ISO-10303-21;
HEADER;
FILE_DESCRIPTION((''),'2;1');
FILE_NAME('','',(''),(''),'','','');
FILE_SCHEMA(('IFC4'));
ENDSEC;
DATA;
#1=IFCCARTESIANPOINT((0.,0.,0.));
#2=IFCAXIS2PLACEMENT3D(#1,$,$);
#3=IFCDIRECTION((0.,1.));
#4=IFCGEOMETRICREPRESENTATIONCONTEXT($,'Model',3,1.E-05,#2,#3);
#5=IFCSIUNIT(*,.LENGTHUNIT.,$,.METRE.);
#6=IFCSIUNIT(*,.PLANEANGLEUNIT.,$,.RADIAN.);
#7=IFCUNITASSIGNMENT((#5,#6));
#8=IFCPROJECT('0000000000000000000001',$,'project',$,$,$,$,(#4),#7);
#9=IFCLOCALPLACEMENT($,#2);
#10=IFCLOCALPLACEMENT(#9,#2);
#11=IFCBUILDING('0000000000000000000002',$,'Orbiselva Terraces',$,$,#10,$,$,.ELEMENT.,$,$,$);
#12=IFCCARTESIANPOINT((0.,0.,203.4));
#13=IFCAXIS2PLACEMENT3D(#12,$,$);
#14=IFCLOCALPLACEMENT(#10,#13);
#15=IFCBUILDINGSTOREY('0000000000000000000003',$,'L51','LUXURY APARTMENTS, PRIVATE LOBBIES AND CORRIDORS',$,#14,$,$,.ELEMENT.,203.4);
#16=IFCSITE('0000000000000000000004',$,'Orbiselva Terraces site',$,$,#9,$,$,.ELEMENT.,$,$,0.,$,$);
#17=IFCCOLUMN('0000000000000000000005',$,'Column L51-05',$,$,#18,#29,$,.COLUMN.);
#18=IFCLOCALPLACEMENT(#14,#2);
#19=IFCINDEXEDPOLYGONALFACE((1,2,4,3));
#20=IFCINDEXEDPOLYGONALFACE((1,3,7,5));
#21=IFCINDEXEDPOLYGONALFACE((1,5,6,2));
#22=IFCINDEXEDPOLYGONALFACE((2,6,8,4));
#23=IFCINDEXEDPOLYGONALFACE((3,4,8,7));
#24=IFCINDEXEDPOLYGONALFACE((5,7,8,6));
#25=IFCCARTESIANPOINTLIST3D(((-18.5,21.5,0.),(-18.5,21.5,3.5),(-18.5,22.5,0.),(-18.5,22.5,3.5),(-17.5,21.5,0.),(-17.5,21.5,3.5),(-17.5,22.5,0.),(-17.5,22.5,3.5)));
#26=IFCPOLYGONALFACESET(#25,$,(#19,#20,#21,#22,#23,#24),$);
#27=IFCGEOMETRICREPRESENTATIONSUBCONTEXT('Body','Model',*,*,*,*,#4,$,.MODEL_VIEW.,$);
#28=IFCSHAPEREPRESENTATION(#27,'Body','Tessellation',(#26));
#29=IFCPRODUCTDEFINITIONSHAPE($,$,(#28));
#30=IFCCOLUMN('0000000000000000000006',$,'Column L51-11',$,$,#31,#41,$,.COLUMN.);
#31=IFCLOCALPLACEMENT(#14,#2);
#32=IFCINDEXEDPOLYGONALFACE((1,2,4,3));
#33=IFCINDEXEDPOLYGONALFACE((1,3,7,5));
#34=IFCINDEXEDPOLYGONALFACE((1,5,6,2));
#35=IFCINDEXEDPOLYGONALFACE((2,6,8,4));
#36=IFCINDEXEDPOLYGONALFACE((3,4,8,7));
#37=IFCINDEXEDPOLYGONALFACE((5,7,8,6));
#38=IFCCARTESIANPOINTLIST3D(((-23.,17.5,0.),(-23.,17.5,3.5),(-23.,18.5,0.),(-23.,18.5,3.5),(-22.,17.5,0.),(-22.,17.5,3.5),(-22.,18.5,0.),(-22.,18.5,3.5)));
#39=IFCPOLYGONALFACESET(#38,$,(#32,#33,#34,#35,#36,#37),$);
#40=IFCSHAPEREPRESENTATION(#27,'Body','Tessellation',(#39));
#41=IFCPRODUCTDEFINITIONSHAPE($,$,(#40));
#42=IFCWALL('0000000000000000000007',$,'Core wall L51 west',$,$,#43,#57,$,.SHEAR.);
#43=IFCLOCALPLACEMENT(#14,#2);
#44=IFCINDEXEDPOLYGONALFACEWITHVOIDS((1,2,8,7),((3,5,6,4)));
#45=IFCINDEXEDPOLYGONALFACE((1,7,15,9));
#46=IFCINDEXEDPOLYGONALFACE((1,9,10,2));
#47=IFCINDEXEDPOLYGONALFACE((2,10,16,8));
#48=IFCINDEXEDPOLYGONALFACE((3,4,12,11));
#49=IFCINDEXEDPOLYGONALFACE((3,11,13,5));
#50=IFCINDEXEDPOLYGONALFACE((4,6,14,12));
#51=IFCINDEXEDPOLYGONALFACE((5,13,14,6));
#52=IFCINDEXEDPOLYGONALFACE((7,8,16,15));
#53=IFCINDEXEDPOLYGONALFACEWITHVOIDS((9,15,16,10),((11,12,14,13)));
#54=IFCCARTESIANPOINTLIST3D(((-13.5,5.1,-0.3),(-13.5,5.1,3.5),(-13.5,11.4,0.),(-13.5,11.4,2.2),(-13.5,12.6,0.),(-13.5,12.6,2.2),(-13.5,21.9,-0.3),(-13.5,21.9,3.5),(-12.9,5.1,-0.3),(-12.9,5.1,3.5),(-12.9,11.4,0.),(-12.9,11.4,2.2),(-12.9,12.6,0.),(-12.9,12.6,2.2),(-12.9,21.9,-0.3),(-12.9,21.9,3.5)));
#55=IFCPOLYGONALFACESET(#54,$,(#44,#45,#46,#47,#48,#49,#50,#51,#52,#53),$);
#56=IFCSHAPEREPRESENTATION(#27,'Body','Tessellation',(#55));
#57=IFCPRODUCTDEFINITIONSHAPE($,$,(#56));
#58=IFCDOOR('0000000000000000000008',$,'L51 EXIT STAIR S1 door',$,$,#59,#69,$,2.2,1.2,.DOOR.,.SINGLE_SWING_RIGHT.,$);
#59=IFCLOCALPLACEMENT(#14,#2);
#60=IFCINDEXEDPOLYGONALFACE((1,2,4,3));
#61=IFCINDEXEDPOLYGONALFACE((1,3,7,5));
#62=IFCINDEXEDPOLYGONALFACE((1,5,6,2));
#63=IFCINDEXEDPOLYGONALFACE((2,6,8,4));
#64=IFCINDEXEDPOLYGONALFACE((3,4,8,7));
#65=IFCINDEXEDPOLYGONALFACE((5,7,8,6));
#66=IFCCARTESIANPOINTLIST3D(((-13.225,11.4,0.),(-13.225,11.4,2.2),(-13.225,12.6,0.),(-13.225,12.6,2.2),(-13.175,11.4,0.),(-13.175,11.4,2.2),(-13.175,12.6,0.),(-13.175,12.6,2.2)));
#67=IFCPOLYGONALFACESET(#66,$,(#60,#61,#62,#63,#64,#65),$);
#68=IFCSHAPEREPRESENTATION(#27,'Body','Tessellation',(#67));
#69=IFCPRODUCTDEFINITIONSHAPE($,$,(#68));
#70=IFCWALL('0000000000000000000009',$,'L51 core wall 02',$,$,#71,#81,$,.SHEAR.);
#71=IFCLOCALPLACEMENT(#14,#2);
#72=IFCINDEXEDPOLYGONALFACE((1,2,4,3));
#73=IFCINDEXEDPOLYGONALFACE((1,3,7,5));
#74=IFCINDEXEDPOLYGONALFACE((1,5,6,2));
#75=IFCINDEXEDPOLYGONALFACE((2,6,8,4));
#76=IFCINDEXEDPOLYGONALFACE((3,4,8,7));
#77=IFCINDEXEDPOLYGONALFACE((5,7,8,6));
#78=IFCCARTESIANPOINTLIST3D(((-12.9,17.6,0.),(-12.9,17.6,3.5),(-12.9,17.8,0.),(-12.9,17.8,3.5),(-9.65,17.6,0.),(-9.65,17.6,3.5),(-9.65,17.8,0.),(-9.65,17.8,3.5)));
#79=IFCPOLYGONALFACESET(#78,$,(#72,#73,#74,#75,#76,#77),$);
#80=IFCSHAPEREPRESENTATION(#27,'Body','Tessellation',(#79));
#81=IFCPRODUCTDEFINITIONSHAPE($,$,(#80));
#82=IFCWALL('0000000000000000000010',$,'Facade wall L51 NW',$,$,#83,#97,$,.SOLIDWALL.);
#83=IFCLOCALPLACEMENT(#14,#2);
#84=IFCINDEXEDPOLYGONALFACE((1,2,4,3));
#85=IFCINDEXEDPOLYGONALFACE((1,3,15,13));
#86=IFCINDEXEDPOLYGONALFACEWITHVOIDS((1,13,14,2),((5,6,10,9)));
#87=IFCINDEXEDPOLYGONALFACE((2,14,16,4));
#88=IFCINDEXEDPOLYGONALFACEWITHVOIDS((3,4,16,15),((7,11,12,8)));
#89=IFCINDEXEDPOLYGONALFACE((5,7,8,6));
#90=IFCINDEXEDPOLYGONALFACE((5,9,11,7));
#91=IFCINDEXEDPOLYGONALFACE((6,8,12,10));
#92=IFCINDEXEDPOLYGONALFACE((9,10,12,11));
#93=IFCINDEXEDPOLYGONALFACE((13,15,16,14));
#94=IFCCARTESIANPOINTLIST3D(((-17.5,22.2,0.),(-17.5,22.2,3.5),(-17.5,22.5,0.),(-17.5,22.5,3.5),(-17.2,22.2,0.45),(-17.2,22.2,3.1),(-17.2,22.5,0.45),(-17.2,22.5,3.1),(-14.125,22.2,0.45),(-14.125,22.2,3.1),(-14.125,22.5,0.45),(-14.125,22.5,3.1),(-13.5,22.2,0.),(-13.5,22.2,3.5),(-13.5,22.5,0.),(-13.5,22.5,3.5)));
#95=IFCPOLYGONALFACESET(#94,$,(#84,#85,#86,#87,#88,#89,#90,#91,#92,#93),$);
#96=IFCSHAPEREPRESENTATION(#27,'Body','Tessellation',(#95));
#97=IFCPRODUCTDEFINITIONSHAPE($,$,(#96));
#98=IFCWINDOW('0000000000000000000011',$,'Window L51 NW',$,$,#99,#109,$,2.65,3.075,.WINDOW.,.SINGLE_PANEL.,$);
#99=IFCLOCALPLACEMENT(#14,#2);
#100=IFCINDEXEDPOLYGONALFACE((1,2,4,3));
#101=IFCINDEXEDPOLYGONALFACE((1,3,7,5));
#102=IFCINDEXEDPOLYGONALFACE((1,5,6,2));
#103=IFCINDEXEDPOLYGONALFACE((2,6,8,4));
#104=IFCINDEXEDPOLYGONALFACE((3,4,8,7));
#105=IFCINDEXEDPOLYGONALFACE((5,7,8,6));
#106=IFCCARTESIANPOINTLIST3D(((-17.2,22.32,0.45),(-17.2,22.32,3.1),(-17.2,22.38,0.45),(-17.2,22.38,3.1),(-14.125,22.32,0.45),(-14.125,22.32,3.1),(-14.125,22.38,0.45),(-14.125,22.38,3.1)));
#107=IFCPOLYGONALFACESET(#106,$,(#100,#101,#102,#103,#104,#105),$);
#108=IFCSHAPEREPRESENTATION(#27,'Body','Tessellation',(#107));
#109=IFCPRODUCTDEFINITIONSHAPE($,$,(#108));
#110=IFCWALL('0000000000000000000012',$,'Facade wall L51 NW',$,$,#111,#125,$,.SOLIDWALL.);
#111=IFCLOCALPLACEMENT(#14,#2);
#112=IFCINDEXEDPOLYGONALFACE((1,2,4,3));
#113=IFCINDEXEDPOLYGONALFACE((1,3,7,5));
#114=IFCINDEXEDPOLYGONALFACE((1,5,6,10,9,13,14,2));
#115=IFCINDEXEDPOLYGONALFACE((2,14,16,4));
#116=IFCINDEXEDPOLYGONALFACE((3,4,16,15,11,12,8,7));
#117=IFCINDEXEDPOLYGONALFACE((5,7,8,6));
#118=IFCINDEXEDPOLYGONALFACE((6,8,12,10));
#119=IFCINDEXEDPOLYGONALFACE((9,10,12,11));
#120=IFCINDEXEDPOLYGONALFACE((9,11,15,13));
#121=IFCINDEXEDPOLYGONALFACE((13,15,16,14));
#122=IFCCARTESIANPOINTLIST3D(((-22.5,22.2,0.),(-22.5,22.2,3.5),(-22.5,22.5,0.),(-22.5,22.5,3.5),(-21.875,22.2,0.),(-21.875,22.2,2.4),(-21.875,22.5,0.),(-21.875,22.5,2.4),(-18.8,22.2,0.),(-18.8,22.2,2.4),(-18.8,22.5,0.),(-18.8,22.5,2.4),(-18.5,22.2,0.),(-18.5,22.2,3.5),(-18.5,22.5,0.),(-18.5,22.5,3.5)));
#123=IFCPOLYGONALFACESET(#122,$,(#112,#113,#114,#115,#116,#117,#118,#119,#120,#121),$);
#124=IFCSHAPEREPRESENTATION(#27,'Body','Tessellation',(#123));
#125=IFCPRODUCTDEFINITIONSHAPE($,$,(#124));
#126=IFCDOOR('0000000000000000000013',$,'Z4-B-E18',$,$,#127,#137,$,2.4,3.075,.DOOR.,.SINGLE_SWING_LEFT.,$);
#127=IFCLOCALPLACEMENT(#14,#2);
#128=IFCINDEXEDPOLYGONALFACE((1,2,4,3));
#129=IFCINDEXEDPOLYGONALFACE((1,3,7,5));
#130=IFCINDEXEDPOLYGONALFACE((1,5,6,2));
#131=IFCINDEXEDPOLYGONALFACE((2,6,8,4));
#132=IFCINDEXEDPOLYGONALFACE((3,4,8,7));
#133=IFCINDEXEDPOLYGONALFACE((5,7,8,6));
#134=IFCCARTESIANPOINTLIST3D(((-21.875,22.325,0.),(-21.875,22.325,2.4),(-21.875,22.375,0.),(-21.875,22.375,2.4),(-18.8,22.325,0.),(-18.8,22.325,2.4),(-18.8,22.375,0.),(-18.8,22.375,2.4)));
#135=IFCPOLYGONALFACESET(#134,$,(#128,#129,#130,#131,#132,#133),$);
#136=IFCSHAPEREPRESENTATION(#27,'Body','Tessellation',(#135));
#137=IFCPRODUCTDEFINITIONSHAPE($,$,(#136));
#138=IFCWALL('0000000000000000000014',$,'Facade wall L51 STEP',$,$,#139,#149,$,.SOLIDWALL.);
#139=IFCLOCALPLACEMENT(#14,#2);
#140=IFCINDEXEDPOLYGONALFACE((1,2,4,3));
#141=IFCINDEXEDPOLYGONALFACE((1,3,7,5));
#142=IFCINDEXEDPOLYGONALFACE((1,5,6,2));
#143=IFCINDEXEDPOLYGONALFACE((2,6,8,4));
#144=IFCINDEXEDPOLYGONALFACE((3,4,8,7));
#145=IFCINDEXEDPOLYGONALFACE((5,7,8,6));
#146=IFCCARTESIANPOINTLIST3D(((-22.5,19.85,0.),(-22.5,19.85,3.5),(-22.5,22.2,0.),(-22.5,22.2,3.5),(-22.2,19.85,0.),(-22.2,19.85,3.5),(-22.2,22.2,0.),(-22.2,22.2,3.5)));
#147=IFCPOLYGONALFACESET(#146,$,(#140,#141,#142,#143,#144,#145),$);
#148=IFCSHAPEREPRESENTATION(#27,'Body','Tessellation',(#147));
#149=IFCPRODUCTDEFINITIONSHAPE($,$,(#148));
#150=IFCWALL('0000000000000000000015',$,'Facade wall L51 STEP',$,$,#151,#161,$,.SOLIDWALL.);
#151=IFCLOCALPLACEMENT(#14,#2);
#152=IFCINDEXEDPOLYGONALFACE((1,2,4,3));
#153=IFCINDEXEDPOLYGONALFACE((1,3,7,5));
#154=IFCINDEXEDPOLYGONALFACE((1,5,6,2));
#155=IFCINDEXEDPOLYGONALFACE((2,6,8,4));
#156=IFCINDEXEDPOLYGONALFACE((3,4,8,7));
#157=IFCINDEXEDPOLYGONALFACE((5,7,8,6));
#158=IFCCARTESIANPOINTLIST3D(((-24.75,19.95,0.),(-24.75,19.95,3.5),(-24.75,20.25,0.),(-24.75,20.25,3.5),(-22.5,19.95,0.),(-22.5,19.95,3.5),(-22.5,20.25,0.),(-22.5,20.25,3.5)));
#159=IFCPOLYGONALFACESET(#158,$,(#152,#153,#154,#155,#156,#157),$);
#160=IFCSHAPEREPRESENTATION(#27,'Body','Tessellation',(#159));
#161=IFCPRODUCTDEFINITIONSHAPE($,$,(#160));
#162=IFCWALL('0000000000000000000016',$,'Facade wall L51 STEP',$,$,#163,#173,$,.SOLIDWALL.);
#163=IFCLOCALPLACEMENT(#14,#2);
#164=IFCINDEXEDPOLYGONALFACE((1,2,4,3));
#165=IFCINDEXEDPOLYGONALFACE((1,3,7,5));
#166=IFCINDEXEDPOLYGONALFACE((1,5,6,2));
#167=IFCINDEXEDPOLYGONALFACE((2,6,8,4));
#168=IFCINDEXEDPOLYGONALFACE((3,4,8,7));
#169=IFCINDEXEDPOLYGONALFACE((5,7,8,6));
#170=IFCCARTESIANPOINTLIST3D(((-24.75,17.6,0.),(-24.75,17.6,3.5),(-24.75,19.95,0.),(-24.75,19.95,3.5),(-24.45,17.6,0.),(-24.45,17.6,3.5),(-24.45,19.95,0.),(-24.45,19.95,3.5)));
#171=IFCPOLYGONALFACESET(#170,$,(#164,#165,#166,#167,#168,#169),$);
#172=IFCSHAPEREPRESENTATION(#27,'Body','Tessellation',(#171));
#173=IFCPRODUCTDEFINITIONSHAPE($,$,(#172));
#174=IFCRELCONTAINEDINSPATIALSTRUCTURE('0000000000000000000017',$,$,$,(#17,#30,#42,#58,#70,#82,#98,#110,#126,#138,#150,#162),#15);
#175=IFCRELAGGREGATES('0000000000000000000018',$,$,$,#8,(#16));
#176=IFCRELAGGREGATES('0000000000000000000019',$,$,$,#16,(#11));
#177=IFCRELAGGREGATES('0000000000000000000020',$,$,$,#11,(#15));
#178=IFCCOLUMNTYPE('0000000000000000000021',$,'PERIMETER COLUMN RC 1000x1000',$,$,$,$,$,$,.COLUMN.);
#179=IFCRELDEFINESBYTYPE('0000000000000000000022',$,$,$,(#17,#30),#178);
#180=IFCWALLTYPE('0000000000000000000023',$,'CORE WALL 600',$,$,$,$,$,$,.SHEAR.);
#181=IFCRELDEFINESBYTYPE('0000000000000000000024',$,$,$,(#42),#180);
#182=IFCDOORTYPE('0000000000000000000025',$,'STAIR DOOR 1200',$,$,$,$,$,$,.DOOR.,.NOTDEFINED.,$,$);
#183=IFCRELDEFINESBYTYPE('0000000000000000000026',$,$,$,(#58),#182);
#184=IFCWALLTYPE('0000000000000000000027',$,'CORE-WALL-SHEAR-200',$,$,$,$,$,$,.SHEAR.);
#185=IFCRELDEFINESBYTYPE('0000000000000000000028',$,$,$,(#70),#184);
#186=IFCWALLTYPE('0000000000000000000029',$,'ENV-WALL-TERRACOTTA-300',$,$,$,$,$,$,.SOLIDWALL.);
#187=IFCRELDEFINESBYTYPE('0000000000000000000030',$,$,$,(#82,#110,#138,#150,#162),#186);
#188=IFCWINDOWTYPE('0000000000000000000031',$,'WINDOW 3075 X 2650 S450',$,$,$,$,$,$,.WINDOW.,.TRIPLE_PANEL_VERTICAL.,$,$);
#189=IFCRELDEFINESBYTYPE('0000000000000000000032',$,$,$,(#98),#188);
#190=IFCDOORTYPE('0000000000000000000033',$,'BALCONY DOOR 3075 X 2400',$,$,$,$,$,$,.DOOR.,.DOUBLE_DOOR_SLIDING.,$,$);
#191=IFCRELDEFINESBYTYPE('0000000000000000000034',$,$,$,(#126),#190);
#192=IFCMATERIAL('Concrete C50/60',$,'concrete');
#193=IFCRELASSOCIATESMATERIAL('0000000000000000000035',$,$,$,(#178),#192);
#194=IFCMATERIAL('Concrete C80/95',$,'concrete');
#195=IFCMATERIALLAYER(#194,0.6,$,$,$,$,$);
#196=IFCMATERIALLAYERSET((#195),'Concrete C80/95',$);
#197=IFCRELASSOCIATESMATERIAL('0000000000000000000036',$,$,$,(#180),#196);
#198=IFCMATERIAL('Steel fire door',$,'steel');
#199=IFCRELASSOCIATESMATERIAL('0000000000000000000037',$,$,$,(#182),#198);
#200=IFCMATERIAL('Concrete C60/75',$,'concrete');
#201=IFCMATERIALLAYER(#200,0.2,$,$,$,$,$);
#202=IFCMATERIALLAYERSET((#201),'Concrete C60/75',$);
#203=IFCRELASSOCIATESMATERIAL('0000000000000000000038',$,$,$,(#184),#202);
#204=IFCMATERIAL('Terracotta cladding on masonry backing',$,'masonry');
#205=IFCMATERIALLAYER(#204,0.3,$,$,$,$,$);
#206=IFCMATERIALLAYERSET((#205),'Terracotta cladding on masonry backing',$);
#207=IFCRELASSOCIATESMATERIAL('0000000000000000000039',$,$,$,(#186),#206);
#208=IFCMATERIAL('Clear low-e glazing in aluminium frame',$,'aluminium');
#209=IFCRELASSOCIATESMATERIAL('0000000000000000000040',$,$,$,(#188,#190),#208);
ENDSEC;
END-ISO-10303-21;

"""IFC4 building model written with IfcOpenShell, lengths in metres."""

from ifc_helpers import new_model, si_unit, direction, frame, frame_2d, origin, origin_2d, place, context, subcontext, project, spatial, rectangle, extrude, material, layer, layer_set, material_profile, profile_set, type_object, element, fill, save


model = new_model("IFC4")

# Units and contexts
model_context = context("Model", 3, precision=1e-05, world=origin(), true_north=direction((0.0, 1.0)))
body_context = subcontext(model_context, "Body", "Model", "MODEL_VIEW")
ifc_project = project(units=[si_unit("LENGTHUNIT", "METRE"), si_unit("PLANEANGLEUNIT", "RADIAN")], contexts=[model_context])

# Site, building, storey
site_placement = place(None, origin())
site = spatial("IfcSite", under=ifc_project, at=site_placement, Name="Orbiselva Terraces site", CompositionType="ELEMENT", RefElevation=0.0)
building_placement = place(site_placement, origin())
building = spatial("IfcBuilding", under=site, at=building_placement, Name="Orbiselva Terraces", CompositionType="ELEMENT")
storey_placement = place(building_placement, frame((0.0, 0.0, 203.4)))
storey = spatial("IfcBuildingStorey", under=building, at=storey_placement, Name="L51", Description="LUXURY APARTMENTS, PRIVATE LOBBIES AND CORRIDORS", CompositionType="ELEMENT", Elevation=203.4)

# Columns
ifc_material_1 = material(Name="Concrete C50/60", Category="concrete")
ifc_material_profile = material_profile(ifc_material_1, rectangle(XDim=1.0, YDim=1.0, at=origin_2d()), Name="RC 1000x1000")
ifc_profile_set = profile_set([ifc_material_profile], Name="Concrete C50/60")
column_type = type_object("IfcColumnType", Name="PERIMETER COLUMN RC 1000x1000", PredefinedType="COLUMN", material=ifc_profile_set)
for number, where, z_axis, x_axis, name in (
    (1, (-18.0, 22.0, 0.0), (0.0, 0.0, 1.0), (1.0, 0.0, 0.0), "Column L51-05"),
    (2, (-22.5, 18.0, 0.0), (0.0, 0.0, 1.0), (1.0, 0.0, 0.0), "Column L51-11"),
):
    element("IfcColumn", number, at=place(storey_placement, frame(where, z_axis=z_axis, x_axis=x_axis)), inside=storey, type_object=column_type, Name=name, PredefinedType="COLUMN", context=body_context, shape_type="SweptSolid", body=[
        extrude(rectangle(XDim=1.0, YDim=1.0, at=origin_2d()), origin(), (0.0, 0.0, 1.0), 3.5),
    ])

# Wall, opening, door
ifc_material_2 = material(Name="Concrete C80/95", Category="concrete")
ifc_layer_1 = layer(ifc_material_2, 0.6)
ifc_layer_set_1 = layer_set([ifc_layer_1], Name="Concrete C80/95")
wall_type_1 = type_object("IfcWallType", Name="CORE WALL 600", PredefinedType="SHEAR", material=ifc_layer_set_1)
wall_1_placement = place(storey_placement, frame((-13.2, 21.9, -0.3), z_axis=(0.0, 0.0, 1.0), x_axis=(0.0, -1.0, 0.0)))
wall_1 = element("IfcWall", 3, at=wall_1_placement, inside=storey, type_object=wall_type_1, Name="Core wall L51 west", PredefinedType="SHEAR", context=body_context, shape_type="SweptSolid", body=[
    extrude(rectangle(XDim=16.8, YDim=0.6, at=frame_2d((8.4, 0.0))), origin(), (0.0, 0.0, 1.0), 3.8),
])
opening_1_placement = place(wall_1_placement, frame((9.3, 0.0, 0.3)))
opening_1 = element("IfcOpeningElement", 4, at=opening_1_placement, cuts=wall_1, PredefinedType="OPENING", context=body_context, shape_type="SweptSolid", body=[
    extrude(rectangle(XDim=1.2, YDim=2.2, at=frame_2d((0.6, 1.1))), frame((0.0, 0.31, 0.0), z_axis=(0.0, -1.0, 0.0), x_axis=(1.0, 0.0, 0.0)), (0.0, 0.0, 1.0), 0.62),
])
ifc_material_3 = material(Name="Steel fire door", Category="steel")
door_type_1 = type_object("IfcDoorType", Name="STAIR DOOR 1200", OperationType="NOTDEFINED", PredefinedType="DOOR", material=ifc_material_3)
door_1_placement = place(opening_1_placement, frame((1.2, 0.0, 0.0), z_axis=(0.0, 0.0, 1.0), x_axis=(-1.0, 0.0, 0.0)))
door_1 = element("IfcDoor", 5, at=door_1_placement, inside=storey, type_object=door_type_1, Name="L51 EXIT STAIR S1 door", OperationType="SINGLE_SWING_RIGHT", OverallHeight=2.2, OverallWidth=1.2, PredefinedType="DOOR", context=body_context, shape_type="SweptSolid", body=[
    extrude(rectangle(XDim=1.2, YDim=2.2, at=frame_2d((0.6, 1.1))), frame((0.0, 0.025, 0.0), z_axis=(0.0, -1.0, 0.0), x_axis=(1.0, 0.0, 0.0)), (0.0, 0.0, 1.0), 0.05),
])
fill(opening_1, door_1)

# Wall
ifc_material_4 = material(Name="Concrete C60/75", Category="concrete")
ifc_layer_2 = layer(ifc_material_4, 0.2)
ifc_layer_set_2 = layer_set([ifc_layer_2], Name="Concrete C60/75")
wall_type_2 = type_object("IfcWallType", Name="CORE-WALL-SHEAR-200", PredefinedType="SHEAR", material=ifc_layer_set_2)
wall_2_placement = place(storey_placement, frame((-12.9, 17.7, 0.0), z_axis=(0.0, 0.0, 1.0), x_axis=(1.0, 0.0, 0.0)))
element("IfcWall", 6, at=wall_2_placement, inside=storey, type_object=wall_type_2, Name="L51 core wall 02", PredefinedType="SHEAR", context=body_context, shape_type="SweptSolid", body=[
    extrude(rectangle(XDim=3.25, YDim=0.2, at=frame_2d((1.625, 0.0))), origin(), (0.0, 0.0, 1.0), 3.5),
])

# Wall, opening, window
ifc_material_5 = material(Name="Terracotta cladding on masonry backing", Category="masonry")
ifc_layer_3 = layer(ifc_material_5, 0.3)
ifc_layer_set_3 = layer_set([ifc_layer_3], Name="Terracotta cladding on masonry backing")
wall_type_3 = type_object("IfcWallType", Name="ENV-WALL-TERRACOTTA-300", PredefinedType="SOLIDWALL", material=ifc_layer_set_3)
wall_3_placement = place(storey_placement, frame((-17.5, 22.35, 0.0), z_axis=(0.0, 0.0, 1.0), x_axis=(1.0, 0.0, 0.0)))
wall_3 = element("IfcWall", 7, at=wall_3_placement, inside=storey, type_object=wall_type_3, Name="Facade wall L51 NW", PredefinedType="SOLIDWALL", context=body_context, shape_type="SweptSolid", body=[
    extrude(rectangle(XDim=4.0, YDim=0.3, at=frame_2d((2.0, 0.0))), origin(), (0.0, 0.0, 1.0), 3.5),
])
opening_2_placement = place(wall_3_placement, frame((0.3, 0.0, 0.45)))
opening_2 = element("IfcOpeningElement", 8, at=opening_2_placement, cuts=wall_3, PredefinedType="OPENING", context=body_context, shape_type="SweptSolid", body=[
    extrude(rectangle(XDim=3.075, YDim=2.65, at=frame_2d((1.5375, 1.325))), frame((0.0, 0.16, 0.0), z_axis=(0.0, -1.0, 0.0), x_axis=(1.0, 0.0, 0.0)), (0.0, 0.0, 1.0), 0.32),
])
ifc_material_6 = material(Name="Clear low-e glazing in aluminium frame", Category="aluminium")
window_type = type_object("IfcWindowType", Name="WINDOW 3075 X 2650 S450", PartitioningType="TRIPLE_PANEL_VERTICAL", PredefinedType="WINDOW", material=ifc_material_6)
window_placement = place(opening_2_placement, origin())
window = element("IfcWindow", 9, at=window_placement, inside=storey, type_object=window_type, Name="Window L51 NW", OverallHeight=2.65, OverallWidth=3.075, PartitioningType="SINGLE_PANEL", PredefinedType="WINDOW", context=body_context, shape_type="SweptSolid", body=[
    extrude(rectangle(XDim=3.075, YDim=2.65, at=frame_2d((1.5375, 1.325))), frame((0.0, 0.03, 0.0), z_axis=(0.0, -1.0, 0.0), x_axis=(1.0, 0.0, 0.0)), (0.0, 0.0, 1.0), 0.06),
])
fill(opening_2, window)

# Wall, opening, door
wall_4_placement = place(storey_placement, frame((-22.5, 22.35, 0.0), z_axis=(0.0, 0.0, 1.0), x_axis=(1.0, 0.0, 0.0)))
wall_4 = element("IfcWall", 10, at=wall_4_placement, inside=storey, type_object=wall_type_3, Name="Facade wall L51 NW", PredefinedType="SOLIDWALL", context=body_context, shape_type="SweptSolid", body=[
    extrude(rectangle(XDim=4.0, YDim=0.3, at=frame_2d((2.0, 0.0))), origin(), (0.0, 0.0, 1.0), 3.5),
])
opening_3_placement = place(wall_4_placement, frame((0.625, 0.0, 0.0)))
opening_3 = element("IfcOpeningElement", 11, at=opening_3_placement, cuts=wall_4, PredefinedType="OPENING", context=body_context, shape_type="SweptSolid", body=[
    extrude(rectangle(XDim=3.075, YDim=2.4, at=frame_2d((1.5375, 1.2))), frame((0.0, 0.16, 0.0), z_axis=(0.0, -1.0, 0.0), x_axis=(1.0, 0.0, 0.0)), (0.0, 0.0, 1.0), 0.32),
])
door_type_2 = type_object("IfcDoorType", Name="BALCONY DOOR 3075 X 2400", OperationType="DOUBLE_DOOR_SLIDING", PredefinedType="DOOR", material=ifc_material_6)
door_2_placement = place(opening_3_placement, origin())
door_2 = element("IfcDoor", 12, at=door_2_placement, inside=storey, type_object=door_type_2, Name="Z4-B-E18", OperationType="SINGLE_SWING_LEFT", OverallHeight=2.4, OverallWidth=3.075, PredefinedType="DOOR", context=body_context, shape_type="SweptSolid", body=[
    extrude(rectangle(XDim=3.075, YDim=2.4, at=frame_2d((1.5375, 1.2))), frame((0.0, 0.025, 0.0), z_axis=(0.0, -1.0, 0.0), x_axis=(1.0, 0.0, 0.0)), (0.0, 0.0, 1.0), 0.05),
])
fill(opening_3, door_2)

# Walls
wall_5_placement = place(storey_placement, frame((-22.35, 19.85, 0.0), z_axis=(0.0, 0.0, 1.0), x_axis=(0.0, 1.0, 0.0)))
element("IfcWall", 13, at=wall_5_placement, inside=storey, type_object=wall_type_3, Name="Facade wall L51 STEP", PredefinedType="SOLIDWALL", context=body_context, shape_type="SweptSolid", body=[
    extrude(rectangle(XDim=2.35, YDim=0.3, at=frame_2d((1.175, 0.0))), origin(), (0.0, 0.0, 1.0), 3.5),
])
wall_6_placement = place(storey_placement, frame((-24.75, 20.1, 0.0), z_axis=(0.0, 0.0, 1.0), x_axis=(1.0, 0.0, 0.0)))
element("IfcWall", 14, at=wall_6_placement, inside=storey, type_object=wall_type_3, Name="Facade wall L51 STEP", PredefinedType="SOLIDWALL", context=body_context, shape_type="SweptSolid", body=[
    extrude(rectangle(XDim=2.25, YDim=0.3, at=frame_2d((1.125, 0.0))), origin(), (0.0, 0.0, 1.0), 3.5),
])
wall_7_placement = place(storey_placement, frame((-24.6, 17.6, 0.0), z_axis=(0.0, 0.0, 1.0), x_axis=(0.0, 1.0, 0.0)))
element("IfcWall", 15, at=wall_7_placement, inside=storey, type_object=wall_type_3, Name="Facade wall L51 STEP", PredefinedType="SOLIDWALL", context=body_context, shape_type="SweptSolid", body=[
    extrude(rectangle(XDim=2.35, YDim=0.3, at=frame_2d((1.175, 0.0))), origin(), (0.0, 0.0, 1.0), 3.5),
])

save(model, "model.ifc")
